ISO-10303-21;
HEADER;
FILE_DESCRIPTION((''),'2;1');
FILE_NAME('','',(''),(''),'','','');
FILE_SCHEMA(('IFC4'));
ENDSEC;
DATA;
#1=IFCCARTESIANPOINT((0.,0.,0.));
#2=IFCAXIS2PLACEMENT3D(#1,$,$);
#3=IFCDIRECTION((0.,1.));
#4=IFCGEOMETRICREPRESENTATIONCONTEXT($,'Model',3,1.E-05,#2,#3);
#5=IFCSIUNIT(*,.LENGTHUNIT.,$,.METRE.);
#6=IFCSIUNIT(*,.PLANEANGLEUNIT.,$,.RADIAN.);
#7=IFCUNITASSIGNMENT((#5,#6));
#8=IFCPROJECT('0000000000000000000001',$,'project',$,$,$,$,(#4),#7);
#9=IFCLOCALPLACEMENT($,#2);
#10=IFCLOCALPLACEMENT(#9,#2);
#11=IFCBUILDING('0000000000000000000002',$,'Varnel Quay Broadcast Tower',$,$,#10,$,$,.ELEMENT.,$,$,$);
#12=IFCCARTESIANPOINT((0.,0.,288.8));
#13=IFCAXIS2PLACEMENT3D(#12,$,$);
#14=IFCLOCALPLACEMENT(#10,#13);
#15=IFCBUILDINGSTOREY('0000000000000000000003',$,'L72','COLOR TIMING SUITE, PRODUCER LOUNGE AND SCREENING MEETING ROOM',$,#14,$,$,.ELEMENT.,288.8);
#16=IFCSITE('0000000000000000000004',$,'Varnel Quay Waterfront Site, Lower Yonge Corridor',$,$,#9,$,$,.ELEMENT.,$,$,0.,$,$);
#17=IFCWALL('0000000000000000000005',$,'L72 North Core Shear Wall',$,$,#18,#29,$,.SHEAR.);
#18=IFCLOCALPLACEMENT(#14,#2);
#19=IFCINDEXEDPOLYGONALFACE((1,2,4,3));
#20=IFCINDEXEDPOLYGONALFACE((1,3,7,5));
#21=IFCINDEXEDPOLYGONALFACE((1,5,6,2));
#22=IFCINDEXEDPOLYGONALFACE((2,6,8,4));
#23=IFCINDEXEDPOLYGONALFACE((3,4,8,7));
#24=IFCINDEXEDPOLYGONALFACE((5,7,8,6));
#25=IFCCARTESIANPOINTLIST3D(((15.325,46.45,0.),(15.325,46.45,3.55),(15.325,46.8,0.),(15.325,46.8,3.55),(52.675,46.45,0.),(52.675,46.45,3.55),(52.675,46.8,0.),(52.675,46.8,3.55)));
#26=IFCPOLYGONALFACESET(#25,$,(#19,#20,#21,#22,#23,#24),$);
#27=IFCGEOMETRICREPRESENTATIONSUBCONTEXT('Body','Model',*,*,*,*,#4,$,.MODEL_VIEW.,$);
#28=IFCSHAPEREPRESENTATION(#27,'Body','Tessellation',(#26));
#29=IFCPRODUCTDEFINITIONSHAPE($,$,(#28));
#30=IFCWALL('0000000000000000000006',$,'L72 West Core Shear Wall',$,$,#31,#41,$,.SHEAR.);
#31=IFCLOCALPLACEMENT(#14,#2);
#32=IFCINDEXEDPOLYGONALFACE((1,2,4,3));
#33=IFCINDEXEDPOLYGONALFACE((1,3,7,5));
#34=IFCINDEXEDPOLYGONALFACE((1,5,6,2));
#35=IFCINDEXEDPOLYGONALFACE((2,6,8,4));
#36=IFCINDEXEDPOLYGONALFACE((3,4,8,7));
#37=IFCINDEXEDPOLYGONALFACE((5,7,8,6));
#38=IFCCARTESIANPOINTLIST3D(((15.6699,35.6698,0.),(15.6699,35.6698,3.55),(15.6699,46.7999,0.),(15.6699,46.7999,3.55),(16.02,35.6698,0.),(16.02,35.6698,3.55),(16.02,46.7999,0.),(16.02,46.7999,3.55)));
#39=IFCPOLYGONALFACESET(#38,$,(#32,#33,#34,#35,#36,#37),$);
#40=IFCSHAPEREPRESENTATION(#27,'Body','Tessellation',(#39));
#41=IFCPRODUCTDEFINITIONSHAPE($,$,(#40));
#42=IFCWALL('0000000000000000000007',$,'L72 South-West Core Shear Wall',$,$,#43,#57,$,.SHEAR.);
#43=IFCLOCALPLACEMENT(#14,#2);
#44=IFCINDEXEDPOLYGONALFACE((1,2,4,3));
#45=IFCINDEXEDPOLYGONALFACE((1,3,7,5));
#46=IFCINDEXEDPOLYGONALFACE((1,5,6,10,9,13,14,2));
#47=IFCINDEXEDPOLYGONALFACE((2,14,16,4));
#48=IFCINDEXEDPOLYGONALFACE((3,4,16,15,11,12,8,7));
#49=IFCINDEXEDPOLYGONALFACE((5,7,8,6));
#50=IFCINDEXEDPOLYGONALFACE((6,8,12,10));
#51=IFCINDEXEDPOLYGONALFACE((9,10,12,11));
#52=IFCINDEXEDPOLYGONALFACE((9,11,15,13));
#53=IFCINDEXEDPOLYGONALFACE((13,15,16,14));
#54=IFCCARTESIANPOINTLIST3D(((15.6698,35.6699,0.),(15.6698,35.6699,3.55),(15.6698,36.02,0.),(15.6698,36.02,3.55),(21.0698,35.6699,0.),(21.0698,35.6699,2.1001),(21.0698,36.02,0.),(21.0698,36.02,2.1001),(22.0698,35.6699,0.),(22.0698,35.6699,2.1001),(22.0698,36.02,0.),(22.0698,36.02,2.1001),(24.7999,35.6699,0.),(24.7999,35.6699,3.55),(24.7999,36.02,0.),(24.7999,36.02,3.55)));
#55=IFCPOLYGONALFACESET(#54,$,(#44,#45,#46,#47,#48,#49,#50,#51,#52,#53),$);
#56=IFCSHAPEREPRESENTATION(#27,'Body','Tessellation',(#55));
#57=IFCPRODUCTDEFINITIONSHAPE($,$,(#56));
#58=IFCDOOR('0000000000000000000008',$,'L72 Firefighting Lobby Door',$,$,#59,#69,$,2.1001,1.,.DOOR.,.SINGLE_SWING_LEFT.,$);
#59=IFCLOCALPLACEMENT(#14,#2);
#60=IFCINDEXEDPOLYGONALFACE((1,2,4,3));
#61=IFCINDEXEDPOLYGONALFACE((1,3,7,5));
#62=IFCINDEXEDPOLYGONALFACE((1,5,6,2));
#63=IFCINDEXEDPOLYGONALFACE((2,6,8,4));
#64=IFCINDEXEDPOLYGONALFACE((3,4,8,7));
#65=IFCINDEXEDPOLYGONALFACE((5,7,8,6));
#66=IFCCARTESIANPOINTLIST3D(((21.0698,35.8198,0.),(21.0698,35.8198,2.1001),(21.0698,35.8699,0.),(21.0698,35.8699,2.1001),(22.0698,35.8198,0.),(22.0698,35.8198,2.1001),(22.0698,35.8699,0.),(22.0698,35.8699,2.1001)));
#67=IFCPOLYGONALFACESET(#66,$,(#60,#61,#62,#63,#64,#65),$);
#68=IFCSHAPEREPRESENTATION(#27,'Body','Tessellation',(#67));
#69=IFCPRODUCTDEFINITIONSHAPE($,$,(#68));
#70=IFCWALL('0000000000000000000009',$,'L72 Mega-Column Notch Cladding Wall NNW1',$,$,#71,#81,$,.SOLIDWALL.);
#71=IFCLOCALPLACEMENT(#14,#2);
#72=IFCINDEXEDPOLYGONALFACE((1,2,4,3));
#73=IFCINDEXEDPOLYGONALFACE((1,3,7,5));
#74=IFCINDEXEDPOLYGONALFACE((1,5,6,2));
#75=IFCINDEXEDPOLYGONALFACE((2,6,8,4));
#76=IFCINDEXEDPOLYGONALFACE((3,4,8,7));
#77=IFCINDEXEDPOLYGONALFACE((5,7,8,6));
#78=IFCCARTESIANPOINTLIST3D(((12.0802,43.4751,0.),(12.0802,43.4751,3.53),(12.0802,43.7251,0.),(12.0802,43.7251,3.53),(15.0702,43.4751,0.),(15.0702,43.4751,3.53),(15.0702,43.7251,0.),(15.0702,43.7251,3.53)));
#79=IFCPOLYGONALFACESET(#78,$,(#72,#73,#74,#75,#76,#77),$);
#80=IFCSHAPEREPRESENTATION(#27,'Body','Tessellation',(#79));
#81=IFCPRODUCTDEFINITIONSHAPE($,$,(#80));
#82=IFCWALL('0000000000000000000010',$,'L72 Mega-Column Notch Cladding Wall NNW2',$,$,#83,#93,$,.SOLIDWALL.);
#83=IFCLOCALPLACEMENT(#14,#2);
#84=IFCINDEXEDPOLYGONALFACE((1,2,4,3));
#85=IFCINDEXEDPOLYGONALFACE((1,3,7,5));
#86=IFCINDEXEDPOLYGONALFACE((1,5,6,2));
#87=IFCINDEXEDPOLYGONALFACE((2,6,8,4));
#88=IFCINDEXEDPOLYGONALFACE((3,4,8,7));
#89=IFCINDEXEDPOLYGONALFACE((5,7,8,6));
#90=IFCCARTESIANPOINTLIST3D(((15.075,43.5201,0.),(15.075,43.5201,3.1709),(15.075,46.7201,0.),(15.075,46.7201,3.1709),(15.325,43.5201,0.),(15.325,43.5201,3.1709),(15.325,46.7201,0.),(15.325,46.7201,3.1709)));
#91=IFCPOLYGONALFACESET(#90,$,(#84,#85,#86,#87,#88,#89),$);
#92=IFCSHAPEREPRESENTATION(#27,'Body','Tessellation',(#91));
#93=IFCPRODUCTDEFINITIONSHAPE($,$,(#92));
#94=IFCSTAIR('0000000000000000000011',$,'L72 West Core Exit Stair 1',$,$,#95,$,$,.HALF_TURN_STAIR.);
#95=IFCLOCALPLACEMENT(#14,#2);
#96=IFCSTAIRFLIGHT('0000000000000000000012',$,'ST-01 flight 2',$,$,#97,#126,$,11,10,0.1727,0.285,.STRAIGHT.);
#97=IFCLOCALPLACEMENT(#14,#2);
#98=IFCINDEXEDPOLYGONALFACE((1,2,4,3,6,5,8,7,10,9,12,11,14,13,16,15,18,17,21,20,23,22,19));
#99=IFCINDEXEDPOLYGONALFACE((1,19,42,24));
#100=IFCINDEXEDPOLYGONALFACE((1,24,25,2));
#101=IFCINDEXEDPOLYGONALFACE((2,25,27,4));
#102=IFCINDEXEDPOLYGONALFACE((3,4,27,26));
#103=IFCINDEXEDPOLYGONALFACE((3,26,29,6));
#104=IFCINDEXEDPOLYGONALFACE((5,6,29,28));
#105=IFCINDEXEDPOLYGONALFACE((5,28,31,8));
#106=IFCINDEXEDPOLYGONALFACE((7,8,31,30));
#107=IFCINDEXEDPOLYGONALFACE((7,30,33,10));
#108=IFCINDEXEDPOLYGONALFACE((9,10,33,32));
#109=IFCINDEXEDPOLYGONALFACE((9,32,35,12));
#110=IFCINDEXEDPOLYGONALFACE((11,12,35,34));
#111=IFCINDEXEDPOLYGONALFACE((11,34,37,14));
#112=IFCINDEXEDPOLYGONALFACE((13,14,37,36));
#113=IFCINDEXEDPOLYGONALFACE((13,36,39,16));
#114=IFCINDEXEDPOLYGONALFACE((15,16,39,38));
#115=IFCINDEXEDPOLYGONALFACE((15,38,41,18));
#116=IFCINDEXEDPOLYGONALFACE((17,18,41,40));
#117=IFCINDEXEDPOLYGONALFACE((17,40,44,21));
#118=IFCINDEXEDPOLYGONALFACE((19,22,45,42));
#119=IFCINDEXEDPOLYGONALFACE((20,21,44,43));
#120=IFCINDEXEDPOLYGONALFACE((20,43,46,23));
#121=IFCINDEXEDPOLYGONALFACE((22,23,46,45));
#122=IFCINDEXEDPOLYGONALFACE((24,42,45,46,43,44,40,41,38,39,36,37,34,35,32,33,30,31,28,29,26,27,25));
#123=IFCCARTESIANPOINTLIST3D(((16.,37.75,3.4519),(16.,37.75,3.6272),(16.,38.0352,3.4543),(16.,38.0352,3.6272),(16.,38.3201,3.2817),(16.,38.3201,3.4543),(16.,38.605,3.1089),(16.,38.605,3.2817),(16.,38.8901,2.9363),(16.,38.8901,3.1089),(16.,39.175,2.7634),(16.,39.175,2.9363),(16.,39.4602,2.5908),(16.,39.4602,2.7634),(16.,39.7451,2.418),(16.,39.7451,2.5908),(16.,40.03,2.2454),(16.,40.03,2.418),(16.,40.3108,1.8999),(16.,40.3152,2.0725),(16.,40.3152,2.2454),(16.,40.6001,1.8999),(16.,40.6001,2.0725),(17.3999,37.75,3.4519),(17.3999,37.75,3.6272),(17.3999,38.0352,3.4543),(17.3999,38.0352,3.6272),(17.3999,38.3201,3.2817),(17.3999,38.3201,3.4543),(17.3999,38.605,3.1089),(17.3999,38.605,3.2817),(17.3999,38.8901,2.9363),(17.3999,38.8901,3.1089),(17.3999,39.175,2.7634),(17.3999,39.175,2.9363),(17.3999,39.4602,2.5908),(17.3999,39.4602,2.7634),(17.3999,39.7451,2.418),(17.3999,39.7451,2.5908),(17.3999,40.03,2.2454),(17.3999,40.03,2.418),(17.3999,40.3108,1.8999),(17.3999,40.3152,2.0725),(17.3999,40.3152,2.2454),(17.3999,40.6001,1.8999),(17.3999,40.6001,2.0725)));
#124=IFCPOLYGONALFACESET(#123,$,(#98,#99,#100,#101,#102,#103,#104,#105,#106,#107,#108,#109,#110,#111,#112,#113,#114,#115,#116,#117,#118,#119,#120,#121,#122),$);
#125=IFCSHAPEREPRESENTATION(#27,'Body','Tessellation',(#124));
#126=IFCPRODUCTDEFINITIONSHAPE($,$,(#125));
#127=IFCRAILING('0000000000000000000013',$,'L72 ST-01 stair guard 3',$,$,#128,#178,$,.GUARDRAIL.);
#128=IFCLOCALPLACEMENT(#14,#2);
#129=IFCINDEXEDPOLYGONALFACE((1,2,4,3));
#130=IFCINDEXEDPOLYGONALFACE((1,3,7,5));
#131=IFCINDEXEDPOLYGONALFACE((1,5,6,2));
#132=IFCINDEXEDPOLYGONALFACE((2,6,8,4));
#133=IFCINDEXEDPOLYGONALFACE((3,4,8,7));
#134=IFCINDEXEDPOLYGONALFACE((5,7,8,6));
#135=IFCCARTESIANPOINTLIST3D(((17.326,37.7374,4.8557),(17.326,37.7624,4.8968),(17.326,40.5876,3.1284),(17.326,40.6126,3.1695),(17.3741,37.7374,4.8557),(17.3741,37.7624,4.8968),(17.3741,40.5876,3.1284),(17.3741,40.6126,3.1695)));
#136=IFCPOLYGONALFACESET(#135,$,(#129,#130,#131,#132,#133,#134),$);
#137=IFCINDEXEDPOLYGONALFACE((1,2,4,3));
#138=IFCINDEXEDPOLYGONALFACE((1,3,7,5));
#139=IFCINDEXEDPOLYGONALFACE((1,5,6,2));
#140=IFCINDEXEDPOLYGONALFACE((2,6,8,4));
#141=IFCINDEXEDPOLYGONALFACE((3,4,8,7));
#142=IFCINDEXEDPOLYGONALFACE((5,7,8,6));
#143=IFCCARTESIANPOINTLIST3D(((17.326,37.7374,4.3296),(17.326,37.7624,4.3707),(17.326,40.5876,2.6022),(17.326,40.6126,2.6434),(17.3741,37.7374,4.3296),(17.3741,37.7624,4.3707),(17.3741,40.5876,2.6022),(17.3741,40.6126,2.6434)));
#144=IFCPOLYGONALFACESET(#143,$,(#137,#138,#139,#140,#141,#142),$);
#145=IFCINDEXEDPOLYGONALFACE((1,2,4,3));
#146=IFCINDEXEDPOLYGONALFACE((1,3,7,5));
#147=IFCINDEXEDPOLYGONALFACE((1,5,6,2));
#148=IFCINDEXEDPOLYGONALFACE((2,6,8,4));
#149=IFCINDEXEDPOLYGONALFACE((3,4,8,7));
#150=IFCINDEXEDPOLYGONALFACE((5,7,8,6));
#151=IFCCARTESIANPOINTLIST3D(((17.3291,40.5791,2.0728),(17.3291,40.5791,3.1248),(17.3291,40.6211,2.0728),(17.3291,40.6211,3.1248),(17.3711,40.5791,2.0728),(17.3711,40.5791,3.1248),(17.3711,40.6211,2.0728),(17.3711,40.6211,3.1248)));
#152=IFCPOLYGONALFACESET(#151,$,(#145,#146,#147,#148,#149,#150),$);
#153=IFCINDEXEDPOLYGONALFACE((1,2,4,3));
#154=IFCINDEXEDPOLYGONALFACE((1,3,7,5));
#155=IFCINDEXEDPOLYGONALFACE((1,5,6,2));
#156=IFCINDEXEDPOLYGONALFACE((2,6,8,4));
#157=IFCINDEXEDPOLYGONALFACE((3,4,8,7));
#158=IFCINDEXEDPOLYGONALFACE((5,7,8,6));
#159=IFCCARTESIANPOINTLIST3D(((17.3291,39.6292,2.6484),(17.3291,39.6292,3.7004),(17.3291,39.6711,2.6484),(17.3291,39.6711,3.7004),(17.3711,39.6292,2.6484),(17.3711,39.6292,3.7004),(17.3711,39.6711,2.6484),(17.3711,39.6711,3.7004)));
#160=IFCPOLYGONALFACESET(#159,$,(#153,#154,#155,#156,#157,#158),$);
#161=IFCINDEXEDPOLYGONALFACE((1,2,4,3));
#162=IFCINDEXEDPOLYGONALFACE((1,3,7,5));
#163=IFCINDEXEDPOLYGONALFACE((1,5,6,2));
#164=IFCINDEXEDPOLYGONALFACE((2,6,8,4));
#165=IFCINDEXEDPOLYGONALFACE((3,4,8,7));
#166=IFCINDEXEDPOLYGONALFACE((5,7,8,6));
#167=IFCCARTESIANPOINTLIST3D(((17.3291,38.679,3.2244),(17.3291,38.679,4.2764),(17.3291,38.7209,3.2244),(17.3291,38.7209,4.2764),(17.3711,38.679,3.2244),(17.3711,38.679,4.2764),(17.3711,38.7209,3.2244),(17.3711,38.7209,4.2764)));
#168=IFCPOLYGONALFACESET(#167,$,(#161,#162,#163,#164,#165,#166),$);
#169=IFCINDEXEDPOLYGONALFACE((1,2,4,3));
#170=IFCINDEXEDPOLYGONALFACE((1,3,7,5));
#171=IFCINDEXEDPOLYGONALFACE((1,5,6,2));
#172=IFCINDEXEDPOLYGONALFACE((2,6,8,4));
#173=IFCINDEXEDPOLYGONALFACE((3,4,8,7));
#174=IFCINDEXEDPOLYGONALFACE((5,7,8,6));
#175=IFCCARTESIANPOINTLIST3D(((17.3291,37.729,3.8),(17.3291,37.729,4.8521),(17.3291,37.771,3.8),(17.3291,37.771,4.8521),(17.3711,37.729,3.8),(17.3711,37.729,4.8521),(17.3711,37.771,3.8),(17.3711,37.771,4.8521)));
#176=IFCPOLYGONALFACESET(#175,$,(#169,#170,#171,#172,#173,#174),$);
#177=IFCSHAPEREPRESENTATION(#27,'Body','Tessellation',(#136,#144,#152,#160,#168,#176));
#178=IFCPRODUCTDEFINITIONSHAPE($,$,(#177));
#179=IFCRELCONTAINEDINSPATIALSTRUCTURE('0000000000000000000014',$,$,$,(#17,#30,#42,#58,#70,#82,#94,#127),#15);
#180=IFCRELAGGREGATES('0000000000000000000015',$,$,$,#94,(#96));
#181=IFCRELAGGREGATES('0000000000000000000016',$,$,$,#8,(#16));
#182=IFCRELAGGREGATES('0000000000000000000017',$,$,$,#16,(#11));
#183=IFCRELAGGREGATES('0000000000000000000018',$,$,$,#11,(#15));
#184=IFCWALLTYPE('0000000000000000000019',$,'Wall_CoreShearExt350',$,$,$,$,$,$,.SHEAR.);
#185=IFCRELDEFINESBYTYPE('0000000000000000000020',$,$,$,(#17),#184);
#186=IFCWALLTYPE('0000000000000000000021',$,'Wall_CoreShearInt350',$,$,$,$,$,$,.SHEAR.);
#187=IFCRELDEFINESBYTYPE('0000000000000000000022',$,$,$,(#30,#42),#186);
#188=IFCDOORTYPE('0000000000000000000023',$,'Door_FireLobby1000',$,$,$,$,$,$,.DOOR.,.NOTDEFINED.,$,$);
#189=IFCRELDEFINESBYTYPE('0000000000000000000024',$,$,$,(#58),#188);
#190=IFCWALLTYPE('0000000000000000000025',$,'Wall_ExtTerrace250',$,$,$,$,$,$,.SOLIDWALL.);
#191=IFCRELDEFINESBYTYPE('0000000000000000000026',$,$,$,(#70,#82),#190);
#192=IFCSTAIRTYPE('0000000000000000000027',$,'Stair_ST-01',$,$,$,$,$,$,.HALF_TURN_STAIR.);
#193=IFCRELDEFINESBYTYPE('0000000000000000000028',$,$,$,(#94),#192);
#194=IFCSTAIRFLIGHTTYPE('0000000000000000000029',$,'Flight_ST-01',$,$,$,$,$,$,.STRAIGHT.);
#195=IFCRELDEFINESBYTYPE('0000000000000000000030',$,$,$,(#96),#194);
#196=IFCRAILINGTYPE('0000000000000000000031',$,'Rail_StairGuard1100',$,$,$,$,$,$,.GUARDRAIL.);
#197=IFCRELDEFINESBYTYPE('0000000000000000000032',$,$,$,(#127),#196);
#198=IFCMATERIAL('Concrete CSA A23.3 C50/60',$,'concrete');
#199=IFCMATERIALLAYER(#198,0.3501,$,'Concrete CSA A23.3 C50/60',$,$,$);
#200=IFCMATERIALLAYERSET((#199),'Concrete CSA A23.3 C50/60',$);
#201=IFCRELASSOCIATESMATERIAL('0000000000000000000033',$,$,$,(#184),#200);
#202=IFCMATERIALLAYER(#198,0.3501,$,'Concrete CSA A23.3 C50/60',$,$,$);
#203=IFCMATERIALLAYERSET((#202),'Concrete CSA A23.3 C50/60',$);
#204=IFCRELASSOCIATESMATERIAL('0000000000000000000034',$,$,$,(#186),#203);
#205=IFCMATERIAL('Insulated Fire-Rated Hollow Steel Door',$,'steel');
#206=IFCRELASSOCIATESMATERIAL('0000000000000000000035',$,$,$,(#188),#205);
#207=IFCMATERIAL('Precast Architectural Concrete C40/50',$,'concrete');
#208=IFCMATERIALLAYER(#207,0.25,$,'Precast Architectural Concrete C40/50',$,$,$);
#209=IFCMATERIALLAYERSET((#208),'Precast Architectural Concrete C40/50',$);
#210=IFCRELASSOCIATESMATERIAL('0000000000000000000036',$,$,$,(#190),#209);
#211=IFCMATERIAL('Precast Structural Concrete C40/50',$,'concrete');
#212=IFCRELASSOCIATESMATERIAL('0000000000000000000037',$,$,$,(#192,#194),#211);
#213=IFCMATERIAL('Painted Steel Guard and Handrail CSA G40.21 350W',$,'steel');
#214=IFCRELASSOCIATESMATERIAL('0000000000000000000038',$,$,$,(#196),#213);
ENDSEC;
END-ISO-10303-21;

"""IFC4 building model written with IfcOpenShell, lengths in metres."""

from ifc_helpers import new_model, si_unit, direction, frame, frame_2d, origin, origin_2d, place, context, subcontext, project, spatial, polyline, rectangle, outline, extrude, source, transform, mapped, material, layer, layer_set, type_object, type_shapes, element, fill, aggregate, save


model = new_model("IFC4")

# Units and contexts
model_context = context("Model", 3, precision=1e-05, world=origin(), true_north=direction((0.0, 1.0)))
body_context = subcontext(model_context, "Body", "Model", "MODEL_VIEW")
ifc_project = project(units=[si_unit("LENGTHUNIT", "METRE"), si_unit("PLANEANGLEUNIT", "RADIAN")], contexts=[model_context])

# Site, building, storey
site_placement = place(None, origin())
site = spatial("IfcSite", under=ifc_project, at=site_placement, Name="Varnel Quay Waterfront Site, Lower Yonge Corridor", CompositionType="ELEMENT", RefElevation=0.0)
building_placement = place(site_placement, origin())
building = spatial("IfcBuilding", under=site, at=building_placement, Name="Varnel Quay Broadcast Tower", CompositionType="ELEMENT")
storey_placement = place(building_placement, frame((0.0, 0.0, 288.8)))
storey = spatial("IfcBuildingStorey", under=building, at=storey_placement, Name="L72", Description="COLOR TIMING SUITE, PRODUCER LOUNGE AND SCREENING MEETING ROOM", CompositionType="ELEMENT", Elevation=288.8)

# Walls
ifc_material_1 = material(Name="Concrete CSA A23.3 C50/60", Category="concrete")
ifc_layer_1 = layer(ifc_material_1, 0.3501, Name="Concrete CSA A23.3 C50/60")
ifc_layer_set_1 = layer_set([ifc_layer_1], Name="Concrete CSA A23.3 C50/60")
wall_type_1 = type_object("IfcWallType", Name="Wall_CoreShearExt350", PredefinedType="SHEAR", material=ifc_layer_set_1)
wall_1_placement = place(storey_placement, frame((15.325, 46.625, 0.0), z_axis=(0.0, 0.0, 1.0), x_axis=(1.0, 0.0, 0.0)))
element("IfcWall", 1, at=wall_1_placement, inside=storey, type_object=wall_type_1, Name="L72 North Core Shear Wall", PredefinedType="SHEAR", context=body_context, shape_type="SweptSolid", body=[
    extrude(rectangle(XDim=37.3501, YDim=0.3501, at=frame_2d((18.675, 0.0))), origin(), (0.0, 0.0, 1.0), 3.55),
])
ifc_layer_2 = layer(ifc_material_1, 0.3501, Name="Concrete CSA A23.3 C50/60")
ifc_layer_set_2 = layer_set([ifc_layer_2], Name="Concrete CSA A23.3 C50/60")
wall_type_2 = type_object("IfcWallType", Name="Wall_CoreShearInt350", PredefinedType="SHEAR", material=ifc_layer_set_2)
wall_2_placement = place(storey_placement, frame((15.845, 35.6699, 0.0), z_axis=(0.0, 0.0, 1.0), x_axis=(0.0, 1.0, 0.0)))
element("IfcWall", 2, at=wall_2_placement, inside=storey, type_object=wall_type_2, Name="L72 West Core Shear Wall", PredefinedType="SHEAR", context=body_context, shape_type="SweptSolid", body=[
    extrude(rectangle(XDim=11.1301, YDim=0.3501, at=frame_2d((5.5649, 0.0))), origin(), (0.0, 0.0, 1.0), 3.55),
])

# Wall, opening, door
wall_3_placement = place(storey_placement, frame((15.6699, 35.845, 0.0), z_axis=(0.0, 0.0, 1.0), x_axis=(1.0, 0.0, 0.0)))
wall_3 = element("IfcWall", 3, at=wall_3_placement, inside=storey, type_object=wall_type_2, Name="L72 South-West Core Shear Wall", PredefinedType="SHEAR", context=body_context, shape_type="SweptSolid", body=[
    extrude(rectangle(XDim=9.1301, YDim=0.3501, at=frame_2d((4.5649, 0.0))), origin(), (0.0, 0.0, 1.0), 3.55),
])
opening_placement = place(wall_3_placement, frame((5.3999, 0.0, 0.0)))
opening = element("IfcOpeningElement", 4, at=opening_placement, cuts=wall_3, PredefinedType="OPENING", context=body_context, shape_type="SweptSolid", body=[
    extrude(rectangle(XDim=1.0, YDim=2.1001, at=frame_2d((0.5, 1.05))), frame((0.0, 0.1851, 0.0), z_axis=(0.0, -1.0, 0.0), x_axis=(1.0, 0.0, 0.0)), (0.0, 0.0, 1.0), 0.3701),
])
ifc_material_2 = material(Name="Insulated Fire-Rated Hollow Steel Door", Category="steel")
door_type = type_object("IfcDoorType", Name="Door_FireLobby1000", OperationType="NOTDEFINED", PredefinedType="DOOR", material=ifc_material_2)
shared_shape_1 = source(origin(), body_context, "Body", "SweptSolid", [
    extrude(rectangle(XDim=1.0, YDim=2.1001, at=frame_2d((0.5, 1.05))), frame((0.0, 0.0249, 0.0), z_axis=(0.0, -1.0, 0.0), x_axis=(1.0, 0.0, 0.0)), (0.0, 0.0, 1.0), 0.05),
])
type_shapes(door_type, [shared_shape_1])
door_placement = place(opening_placement, origin())
door = element("IfcDoor", 5, at=door_placement, inside=storey, type_object=door_type, Name="L72 Firefighting Lobby Door", OperationType="SINGLE_SWING_LEFT", OverallHeight=2.1001, OverallWidth=1.0, PredefinedType="DOOR", context=body_context, shape_type="MappedRepresentation", body=[
    mapped(shared_shape_1, transform((0.0, 0.0, 0.0), x_axis=(1.0, 0.0, 0.0), y_axis=(0.0, 1.0, 0.0), z_axis=(0.0, 0.0, 1.0), scale=1.0)),
])
fill(opening, door)

# Walls
ifc_material_3 = material(Name="Precast Architectural Concrete C40/50", Category="concrete")
ifc_layer_3 = layer(ifc_material_3, 0.25, Name="Precast Architectural Concrete C40/50")
ifc_layer_set_3 = layer_set([ifc_layer_3], Name="Precast Architectural Concrete C40/50")
wall_type_3 = type_object("IfcWallType", Name="Wall_ExtTerrace250", PredefinedType="SOLIDWALL", material=ifc_layer_set_3)
wall_4_placement = place(storey_placement, frame((12.0801, 43.6001, 0.0), z_axis=(0.0, 0.0, 1.0), x_axis=(1.0, 0.0, 0.0)))
element("IfcWall", 6, at=wall_4_placement, inside=storey, type_object=wall_type_3, Name="L72 Mega-Column Notch Cladding Wall NNW1", PredefinedType="SOLIDWALL", context=body_context, shape_type="SweptSolid", body=[
    extrude(rectangle(XDim=2.99, YDim=0.25, at=frame_2d((1.4951, 0.0))), origin(), (0.0, 0.0, 1.0), 3.53),
])
wall_5_placement = place(storey_placement, frame((15.2, 43.52, 0.0), z_axis=(0.0, 0.0, 1.0), x_axis=(0.0, 1.0, 0.0)))
element("IfcWall", 7, at=wall_5_placement, inside=storey, type_object=wall_type_3, Name="L72 Mega-Column Notch Cladding Wall NNW2", PredefinedType="SOLIDWALL", context=body_context, shape_type="SweptSolid", body=[
    extrude(rectangle(XDim=3.2, YDim=0.25, at=frame_2d((1.6001, 0.0))), origin(), (0.0, 0.0, 1.0), 3.1709),
])

# Stair, stair flight
ifc_material_4 = material(Name="Precast Structural Concrete C40/50", Category="concrete")
stair_type = type_object("IfcStairType", Name="Stair_ST-01", PredefinedType="HALF_TURN_STAIR", material=ifc_material_4)
stair_placement = place(storey_placement, origin())
stair = element("IfcStair", 8, at=stair_placement, inside=storey, type_object=stair_type, Name="L72 West Core Exit Stair 1", PredefinedType="HALF_TURN_STAIR")
stair_flight_type = type_object("IfcStairFlightType", Name="Flight_ST-01", PredefinedType="STRAIGHT", material=ifc_material_4)
stair_flight_placement = place(storey_placement, frame((16.7, 40.6001, 1.8999), z_axis=(0.0, 0.0, 1.0), x_axis=(0.0, -1.0, 0.0)))
stair_flight = element("IfcStairFlight", 9, at=stair_flight_placement, type_object=stair_flight_type, Name="ST-01 flight 2", NumberOfRisers=11, NumberOfTreads=10, PredefinedType="STRAIGHT", RiserHeight=0.1727, TreadLength=0.285, context=body_context, shape_type="SweptSolid", body=[
    extrude(outline(polyline([(0.0, 0.0), (0.0, 0.1726), (0.2849, 0.1726), (0.2849, 0.3455), (0.5701, 0.3455), (0.5701, 0.5181), (0.855, 0.5181), (0.855, 0.6909), (1.1399, 0.6909), (1.1399, 0.8635), (1.425, 0.8635), (1.425, 1.0364), (1.71, 1.0364), (1.71, 1.209), (1.9951, 1.209), (1.9951, 1.3818), (2.28, 1.3818), (2.28, 1.5544), (2.5649, 1.5544), (2.5649, 1.7273), (2.8501, 1.7273), (2.8501, 1.8999), (2.8501, 1.552), (0.2893, 0.0), (0.0, 0.0)])), frame((0.0, 0.7, 0.0), z_axis=(0.0, -1.0, 0.0), x_axis=(1.0, 0.0, 0.0)), (0.0, 0.0, 1.0), 1.3999),
])
aggregate(stair, [stair_flight])

# Railing
ifc_material_5 = material(Name="Painted Steel Guard and Handrail CSA G40.21 350W", Category="steel")
railing_type_1 = type_object("IfcRailingType", Name="Rail_StairGuard1100", PredefinedType="GUARDRAIL", material=ifc_material_5)
railing_1_placement = place(storey_placement, frame((17.3501, 40.6001, 2.0728)))
element("IfcRailing", 10, at=railing_1_placement, inside=storey, type_object=railing_type_1, Name="L72 ST-01 stair guard 3", PredefinedType="GUARDRAIL", context=body_context, shape_type="SweptSolid", body=[
    extrude(rectangle(XDim=0.0481, YDim=0.0481, at=origin_2d()), frame((0.0, 0.0, 1.0762), z_axis=(0.0, -0.855203, 0.518294), x_axis=(1.0, 0.0, 0.0)), (0.0, 0.0, 1.0), 3.3328),
    extrude(rectangle(XDim=0.0481, YDim=0.0481, at=origin_2d()), frame((0.0, 0.0, 0.55), z_axis=(0.0, -0.855203, 0.518294), x_axis=(1.0, 0.0, 0.0)), (0.0, 0.0, 1.0), 3.3328),
    extrude(rectangle(XDim=0.042, YDim=0.042, at=origin_2d()), origin(), (0.0, 0.0, 1.0), 1.052),
    extrude(rectangle(XDim=0.042, YDim=0.042, at=origin_2d()), frame((0.0, -0.95, 0.5757)), (0.0, 0.0, 1.0), 1.052),
    extrude(rectangle(XDim=0.042, YDim=0.042, at=origin_2d()), frame((0.0, -1.9001, 1.1516)), (0.0, 0.0, 1.0), 1.052),
    extrude(rectangle(XDim=0.042, YDim=0.042, at=origin_2d()), frame((0.0, -2.8501, 1.7273)), (0.0, 0.0, 1.0), 1.052),
])

save(model, "model.ifc")
